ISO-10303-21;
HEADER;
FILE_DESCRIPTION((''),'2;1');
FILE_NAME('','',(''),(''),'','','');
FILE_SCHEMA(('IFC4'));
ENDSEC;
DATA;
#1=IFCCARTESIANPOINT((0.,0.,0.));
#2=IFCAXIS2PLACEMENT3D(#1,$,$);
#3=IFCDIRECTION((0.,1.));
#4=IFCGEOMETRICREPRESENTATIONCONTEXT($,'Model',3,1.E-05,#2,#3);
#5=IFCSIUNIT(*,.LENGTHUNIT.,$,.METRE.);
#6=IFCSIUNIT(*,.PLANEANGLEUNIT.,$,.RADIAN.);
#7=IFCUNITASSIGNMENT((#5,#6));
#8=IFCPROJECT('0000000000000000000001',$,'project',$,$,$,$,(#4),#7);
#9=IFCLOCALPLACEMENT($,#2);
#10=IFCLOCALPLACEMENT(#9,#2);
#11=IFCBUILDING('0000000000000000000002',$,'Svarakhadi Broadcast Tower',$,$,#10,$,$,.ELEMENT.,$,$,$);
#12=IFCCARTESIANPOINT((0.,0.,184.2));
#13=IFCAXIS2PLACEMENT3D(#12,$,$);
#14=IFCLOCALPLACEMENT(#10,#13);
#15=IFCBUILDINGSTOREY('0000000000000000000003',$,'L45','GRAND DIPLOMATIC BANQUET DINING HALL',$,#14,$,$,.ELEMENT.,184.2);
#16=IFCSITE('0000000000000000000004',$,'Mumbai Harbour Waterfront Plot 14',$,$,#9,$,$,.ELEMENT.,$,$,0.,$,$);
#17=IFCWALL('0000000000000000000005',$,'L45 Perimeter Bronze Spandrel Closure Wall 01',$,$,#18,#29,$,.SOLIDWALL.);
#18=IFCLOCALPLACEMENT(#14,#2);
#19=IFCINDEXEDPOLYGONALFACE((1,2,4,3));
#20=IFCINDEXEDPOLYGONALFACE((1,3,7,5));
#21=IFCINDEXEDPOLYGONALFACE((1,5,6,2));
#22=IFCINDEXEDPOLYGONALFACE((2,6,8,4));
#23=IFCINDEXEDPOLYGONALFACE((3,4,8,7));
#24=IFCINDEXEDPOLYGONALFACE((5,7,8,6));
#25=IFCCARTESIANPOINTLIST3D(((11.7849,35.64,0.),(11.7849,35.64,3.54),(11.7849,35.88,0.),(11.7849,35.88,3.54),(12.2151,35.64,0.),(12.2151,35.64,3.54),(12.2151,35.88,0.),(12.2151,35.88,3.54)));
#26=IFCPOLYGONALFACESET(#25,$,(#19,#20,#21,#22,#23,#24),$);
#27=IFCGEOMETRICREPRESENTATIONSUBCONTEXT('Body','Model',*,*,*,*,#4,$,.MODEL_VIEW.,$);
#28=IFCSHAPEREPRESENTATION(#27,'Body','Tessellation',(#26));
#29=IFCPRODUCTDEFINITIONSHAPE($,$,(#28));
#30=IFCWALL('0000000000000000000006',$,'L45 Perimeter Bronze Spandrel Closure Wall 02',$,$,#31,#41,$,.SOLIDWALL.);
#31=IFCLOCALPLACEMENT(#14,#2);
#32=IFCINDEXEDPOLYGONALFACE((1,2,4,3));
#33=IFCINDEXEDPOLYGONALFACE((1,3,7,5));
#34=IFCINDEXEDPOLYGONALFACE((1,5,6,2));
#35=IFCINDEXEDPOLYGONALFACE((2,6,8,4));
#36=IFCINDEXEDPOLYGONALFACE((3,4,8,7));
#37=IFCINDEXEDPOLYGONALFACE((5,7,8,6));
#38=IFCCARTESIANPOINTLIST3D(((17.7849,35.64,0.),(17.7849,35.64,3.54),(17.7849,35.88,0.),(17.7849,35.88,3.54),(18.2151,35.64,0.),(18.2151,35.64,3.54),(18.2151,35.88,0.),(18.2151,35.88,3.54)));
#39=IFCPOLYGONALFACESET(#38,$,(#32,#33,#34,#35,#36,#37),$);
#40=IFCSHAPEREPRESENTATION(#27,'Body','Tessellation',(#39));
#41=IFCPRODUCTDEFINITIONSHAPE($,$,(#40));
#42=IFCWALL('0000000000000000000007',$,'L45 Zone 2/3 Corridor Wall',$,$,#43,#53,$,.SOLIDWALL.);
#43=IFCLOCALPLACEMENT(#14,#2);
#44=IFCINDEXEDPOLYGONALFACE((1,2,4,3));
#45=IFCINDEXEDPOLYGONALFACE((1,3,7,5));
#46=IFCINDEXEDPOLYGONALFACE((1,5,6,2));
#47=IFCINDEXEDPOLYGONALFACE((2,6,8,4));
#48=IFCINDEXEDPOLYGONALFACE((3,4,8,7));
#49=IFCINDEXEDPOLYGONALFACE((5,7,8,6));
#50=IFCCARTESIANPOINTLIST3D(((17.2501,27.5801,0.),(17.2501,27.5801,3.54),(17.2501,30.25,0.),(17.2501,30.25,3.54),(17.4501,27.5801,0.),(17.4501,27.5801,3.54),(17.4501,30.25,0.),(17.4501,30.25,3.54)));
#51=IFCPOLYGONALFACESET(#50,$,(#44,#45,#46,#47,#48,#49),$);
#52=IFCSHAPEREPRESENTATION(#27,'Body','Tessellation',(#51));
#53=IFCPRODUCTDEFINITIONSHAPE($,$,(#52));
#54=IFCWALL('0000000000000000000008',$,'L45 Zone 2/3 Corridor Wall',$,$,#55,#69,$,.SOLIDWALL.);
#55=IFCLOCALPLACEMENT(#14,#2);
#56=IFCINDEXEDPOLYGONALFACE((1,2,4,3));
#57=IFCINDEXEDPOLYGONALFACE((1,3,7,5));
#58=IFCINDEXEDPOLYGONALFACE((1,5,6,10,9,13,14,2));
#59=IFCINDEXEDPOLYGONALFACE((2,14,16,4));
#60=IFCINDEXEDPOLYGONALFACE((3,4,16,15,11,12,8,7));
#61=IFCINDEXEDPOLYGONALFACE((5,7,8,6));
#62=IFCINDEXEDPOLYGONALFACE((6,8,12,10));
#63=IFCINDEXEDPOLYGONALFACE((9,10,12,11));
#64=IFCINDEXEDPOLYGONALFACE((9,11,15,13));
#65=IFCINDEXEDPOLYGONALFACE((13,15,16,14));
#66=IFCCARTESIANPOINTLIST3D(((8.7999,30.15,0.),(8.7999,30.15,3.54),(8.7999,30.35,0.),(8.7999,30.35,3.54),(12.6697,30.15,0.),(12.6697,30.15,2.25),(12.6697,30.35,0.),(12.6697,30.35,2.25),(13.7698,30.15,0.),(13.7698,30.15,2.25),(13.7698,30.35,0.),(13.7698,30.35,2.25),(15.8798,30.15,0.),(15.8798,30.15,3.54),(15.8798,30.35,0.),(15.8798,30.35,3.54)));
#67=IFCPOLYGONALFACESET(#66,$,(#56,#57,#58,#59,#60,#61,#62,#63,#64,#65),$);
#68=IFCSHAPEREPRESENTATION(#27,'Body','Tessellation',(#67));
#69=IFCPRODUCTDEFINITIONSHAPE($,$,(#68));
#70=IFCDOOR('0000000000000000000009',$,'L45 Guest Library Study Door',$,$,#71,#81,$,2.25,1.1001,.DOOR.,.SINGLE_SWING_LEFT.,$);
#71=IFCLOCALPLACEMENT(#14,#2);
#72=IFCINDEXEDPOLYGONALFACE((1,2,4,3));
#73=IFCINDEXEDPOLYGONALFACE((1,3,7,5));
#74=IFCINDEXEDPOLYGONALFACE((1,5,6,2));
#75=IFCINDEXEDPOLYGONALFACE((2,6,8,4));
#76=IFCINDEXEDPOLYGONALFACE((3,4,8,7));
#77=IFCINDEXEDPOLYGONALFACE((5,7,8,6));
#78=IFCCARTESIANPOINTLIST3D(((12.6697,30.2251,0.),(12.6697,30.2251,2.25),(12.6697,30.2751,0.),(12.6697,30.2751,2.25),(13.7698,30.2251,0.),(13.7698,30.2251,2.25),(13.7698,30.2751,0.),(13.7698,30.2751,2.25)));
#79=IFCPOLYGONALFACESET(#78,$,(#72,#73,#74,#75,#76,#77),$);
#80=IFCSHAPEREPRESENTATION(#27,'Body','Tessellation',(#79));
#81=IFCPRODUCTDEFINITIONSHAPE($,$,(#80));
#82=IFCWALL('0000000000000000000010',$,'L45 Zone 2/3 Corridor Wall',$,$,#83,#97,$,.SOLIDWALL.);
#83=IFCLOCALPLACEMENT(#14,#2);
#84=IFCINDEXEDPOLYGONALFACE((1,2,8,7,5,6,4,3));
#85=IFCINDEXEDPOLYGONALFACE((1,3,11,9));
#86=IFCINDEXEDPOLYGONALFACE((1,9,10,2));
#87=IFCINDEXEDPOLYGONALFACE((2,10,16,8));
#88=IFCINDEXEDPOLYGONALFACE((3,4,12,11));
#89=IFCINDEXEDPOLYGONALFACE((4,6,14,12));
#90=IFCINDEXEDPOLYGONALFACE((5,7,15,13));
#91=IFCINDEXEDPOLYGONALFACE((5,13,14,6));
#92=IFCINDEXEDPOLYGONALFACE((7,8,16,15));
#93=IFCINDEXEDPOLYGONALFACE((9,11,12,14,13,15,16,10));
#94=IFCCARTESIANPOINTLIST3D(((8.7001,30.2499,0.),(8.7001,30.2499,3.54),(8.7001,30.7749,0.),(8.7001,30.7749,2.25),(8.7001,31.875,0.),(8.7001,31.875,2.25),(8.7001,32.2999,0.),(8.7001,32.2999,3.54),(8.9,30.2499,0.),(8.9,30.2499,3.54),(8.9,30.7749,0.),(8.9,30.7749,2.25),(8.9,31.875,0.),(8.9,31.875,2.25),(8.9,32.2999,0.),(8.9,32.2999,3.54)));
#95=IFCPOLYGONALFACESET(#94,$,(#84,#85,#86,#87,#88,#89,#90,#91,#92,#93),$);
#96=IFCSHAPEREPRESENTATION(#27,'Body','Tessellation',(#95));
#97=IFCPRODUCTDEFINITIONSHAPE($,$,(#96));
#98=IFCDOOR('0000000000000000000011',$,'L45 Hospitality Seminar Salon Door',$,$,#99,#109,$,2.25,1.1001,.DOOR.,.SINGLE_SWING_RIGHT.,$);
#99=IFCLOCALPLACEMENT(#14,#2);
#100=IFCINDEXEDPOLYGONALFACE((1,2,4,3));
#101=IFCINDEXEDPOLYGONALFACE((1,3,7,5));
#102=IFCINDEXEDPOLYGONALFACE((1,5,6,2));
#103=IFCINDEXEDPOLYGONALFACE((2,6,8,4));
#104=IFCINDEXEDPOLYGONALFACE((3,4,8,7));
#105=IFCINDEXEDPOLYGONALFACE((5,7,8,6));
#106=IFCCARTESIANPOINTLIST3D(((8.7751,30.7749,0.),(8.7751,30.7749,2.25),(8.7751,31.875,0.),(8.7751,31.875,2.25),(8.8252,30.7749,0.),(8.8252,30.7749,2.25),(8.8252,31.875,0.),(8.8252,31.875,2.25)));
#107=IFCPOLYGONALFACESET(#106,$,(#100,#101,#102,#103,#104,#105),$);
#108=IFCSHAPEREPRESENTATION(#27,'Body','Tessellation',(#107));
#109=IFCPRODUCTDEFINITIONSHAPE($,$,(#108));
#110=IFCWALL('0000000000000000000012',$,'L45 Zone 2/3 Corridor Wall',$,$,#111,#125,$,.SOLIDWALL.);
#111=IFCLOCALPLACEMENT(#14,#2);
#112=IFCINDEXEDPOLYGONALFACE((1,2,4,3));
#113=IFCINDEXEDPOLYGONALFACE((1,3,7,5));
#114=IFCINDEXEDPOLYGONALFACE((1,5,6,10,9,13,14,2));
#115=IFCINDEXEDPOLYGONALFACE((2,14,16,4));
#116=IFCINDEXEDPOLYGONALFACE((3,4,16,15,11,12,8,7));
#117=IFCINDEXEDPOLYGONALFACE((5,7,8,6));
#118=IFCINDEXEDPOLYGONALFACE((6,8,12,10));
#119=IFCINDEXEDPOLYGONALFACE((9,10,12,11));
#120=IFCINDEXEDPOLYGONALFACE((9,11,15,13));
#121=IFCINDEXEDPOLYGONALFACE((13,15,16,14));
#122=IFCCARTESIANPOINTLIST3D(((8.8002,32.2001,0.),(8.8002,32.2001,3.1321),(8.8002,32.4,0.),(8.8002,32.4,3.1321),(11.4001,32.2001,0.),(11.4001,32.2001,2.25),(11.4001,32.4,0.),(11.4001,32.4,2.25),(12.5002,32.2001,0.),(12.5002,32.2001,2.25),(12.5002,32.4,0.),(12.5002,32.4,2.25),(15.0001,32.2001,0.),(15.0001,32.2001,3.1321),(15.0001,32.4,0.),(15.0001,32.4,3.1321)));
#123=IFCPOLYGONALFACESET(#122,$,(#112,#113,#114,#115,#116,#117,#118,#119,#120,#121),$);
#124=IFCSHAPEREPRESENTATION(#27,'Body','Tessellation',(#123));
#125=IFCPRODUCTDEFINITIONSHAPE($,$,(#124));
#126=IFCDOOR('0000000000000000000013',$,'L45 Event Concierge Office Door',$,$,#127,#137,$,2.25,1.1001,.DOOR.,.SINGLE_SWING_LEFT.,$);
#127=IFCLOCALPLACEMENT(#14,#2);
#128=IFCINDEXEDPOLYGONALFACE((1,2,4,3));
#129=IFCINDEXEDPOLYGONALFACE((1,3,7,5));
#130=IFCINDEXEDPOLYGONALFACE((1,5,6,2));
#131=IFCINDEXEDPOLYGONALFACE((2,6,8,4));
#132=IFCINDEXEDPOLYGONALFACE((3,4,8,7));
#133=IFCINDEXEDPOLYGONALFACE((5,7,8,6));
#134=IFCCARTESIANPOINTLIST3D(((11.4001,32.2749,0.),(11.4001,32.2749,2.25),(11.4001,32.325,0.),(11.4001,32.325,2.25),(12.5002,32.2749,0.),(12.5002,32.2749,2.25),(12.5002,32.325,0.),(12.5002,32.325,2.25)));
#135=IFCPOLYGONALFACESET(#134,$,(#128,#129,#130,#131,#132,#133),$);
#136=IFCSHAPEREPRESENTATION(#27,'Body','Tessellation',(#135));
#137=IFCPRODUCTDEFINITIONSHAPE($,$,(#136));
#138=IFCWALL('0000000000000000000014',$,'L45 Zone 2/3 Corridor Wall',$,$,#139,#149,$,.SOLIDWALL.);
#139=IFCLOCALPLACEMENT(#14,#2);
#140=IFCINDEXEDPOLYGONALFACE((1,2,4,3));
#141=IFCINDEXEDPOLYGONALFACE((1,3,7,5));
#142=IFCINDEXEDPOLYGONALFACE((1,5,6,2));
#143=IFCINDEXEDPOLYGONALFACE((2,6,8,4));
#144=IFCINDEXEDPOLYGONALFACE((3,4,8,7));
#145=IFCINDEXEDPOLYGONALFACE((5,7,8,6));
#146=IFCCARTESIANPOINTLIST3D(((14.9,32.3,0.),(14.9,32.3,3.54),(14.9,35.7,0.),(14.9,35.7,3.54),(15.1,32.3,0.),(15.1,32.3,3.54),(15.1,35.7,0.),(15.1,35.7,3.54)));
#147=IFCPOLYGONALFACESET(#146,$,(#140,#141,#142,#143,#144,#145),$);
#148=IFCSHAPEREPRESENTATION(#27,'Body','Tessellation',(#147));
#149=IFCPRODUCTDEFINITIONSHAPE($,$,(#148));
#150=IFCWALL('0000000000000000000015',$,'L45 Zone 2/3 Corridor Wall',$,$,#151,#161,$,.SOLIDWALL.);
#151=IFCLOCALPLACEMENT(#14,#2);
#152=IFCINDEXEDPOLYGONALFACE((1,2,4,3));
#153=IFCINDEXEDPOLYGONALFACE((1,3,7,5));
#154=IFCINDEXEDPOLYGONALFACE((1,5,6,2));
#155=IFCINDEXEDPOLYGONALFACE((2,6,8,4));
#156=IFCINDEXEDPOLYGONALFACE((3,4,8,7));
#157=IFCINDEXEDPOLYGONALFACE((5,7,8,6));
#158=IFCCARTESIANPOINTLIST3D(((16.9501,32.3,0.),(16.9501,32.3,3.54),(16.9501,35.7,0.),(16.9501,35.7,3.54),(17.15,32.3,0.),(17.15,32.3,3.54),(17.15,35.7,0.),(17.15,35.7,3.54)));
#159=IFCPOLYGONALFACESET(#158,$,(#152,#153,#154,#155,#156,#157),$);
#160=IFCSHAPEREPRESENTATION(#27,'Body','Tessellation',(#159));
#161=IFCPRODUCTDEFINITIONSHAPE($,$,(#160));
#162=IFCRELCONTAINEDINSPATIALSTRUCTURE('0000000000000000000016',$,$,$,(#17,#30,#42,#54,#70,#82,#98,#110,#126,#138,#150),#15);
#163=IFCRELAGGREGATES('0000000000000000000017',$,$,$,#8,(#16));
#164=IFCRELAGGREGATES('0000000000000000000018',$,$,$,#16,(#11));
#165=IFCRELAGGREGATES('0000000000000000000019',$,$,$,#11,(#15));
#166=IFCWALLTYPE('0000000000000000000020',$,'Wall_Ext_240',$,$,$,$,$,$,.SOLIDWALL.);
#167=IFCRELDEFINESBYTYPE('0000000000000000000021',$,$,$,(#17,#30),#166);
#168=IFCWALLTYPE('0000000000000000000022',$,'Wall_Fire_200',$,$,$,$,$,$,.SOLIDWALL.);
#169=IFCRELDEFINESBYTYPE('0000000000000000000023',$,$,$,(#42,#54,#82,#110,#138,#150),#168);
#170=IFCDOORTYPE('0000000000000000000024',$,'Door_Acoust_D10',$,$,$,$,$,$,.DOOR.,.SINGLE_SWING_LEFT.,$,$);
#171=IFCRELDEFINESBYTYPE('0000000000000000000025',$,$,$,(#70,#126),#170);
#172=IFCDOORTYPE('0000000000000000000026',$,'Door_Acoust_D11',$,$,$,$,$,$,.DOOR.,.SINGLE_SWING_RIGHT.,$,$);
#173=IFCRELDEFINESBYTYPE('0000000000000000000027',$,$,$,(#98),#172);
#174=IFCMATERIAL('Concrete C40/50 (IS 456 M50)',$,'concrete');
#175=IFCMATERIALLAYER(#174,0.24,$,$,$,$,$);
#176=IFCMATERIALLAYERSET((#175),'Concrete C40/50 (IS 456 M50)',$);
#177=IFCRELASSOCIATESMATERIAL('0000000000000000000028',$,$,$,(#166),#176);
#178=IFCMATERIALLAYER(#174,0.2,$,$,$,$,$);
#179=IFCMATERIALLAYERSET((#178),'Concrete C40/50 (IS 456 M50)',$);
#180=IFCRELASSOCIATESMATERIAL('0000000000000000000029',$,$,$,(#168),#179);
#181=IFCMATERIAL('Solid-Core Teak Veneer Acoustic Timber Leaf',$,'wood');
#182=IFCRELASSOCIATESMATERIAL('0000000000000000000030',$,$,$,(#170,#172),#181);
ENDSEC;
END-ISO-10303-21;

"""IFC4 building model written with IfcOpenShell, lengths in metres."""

from ifc_helpers import new_model, si_unit, direction, frame, frame_2d, origin, place, context, subcontext, project, spatial, rectangle, extrude, material, layer, layer_set, type_object, element, fill, save


model = new_model("IFC4")

# Units and contexts
model_context = context("Model", 3, precision=1e-05, world=origin(), true_north=direction((0.0, 1.0)))
body_context = subcontext(model_context, "Body", "Model", "MODEL_VIEW")
ifc_project = project(units=[si_unit("LENGTHUNIT", "METRE"), si_unit("PLANEANGLEUNIT", "RADIAN")], contexts=[model_context])

# Site, building, storey
site_placement = place(None, origin())
site = spatial("IfcSite", under=ifc_project, at=site_placement, Name="Mumbai Harbour Waterfront Plot 14", CompositionType="ELEMENT", RefElevation=0.0)
building_placement = place(site_placement, origin())
building = spatial("IfcBuilding", under=site, at=building_placement, Name="Svarakhadi Broadcast Tower", CompositionType="ELEMENT")
storey_placement = place(building_placement, frame((0.0, 0.0, 184.2)))
storey = spatial("IfcBuildingStorey", under=building, at=storey_placement, Name="L45", Description="GRAND DIPLOMATIC BANQUET DINING HALL", CompositionType="ELEMENT", Elevation=184.2)

# Walls
ifc_material_1 = material(Name="Concrete C40/50 (IS 456 M50)", Category="concrete")
ifc_layer_1 = layer(ifc_material_1, 0.24)
ifc_layer_set_1 = layer_set([ifc_layer_1], Name="Concrete C40/50 (IS 456 M50)")
wall_type_1 = type_object("IfcWallType", Name="Wall_Ext_240", PredefinedType="SOLIDWALL", material=ifc_layer_set_1)
for number, where, z_axis, x_axis, name in (
    (1, (11.7849, 35.76, 0.0), (0.0, 0.0, 1.0), (1.0, 0.0, 0.0), "L45 Perimeter Bronze Spandrel Closure Wall 01"),
    (2, (17.7849, 35.76, 0.0), (0.0, 0.0, 1.0), (1.0, 0.0, 0.0), "L45 Perimeter Bronze Spandrel Closure Wall 02"),
):
    element("IfcWall", number, at=place(storey_placement, frame(where, z_axis=z_axis, x_axis=x_axis)), inside=storey, type_object=wall_type_1, Name=name, PredefinedType="SOLIDWALL", context=body_context, shape_type="SweptSolid", body=[
        extrude(rectangle(XDim=0.4302, YDim=0.24, at=frame_2d((0.2151, 0.0))), origin(), (0.0, 0.0, 1.0), 3.54),
    ])
ifc_layer_2 = layer(ifc_material_1, 0.2)
ifc_layer_set_2 = layer_set([ifc_layer_2], Name="Concrete C40/50 (IS 456 M50)")
wall_type_2 = type_object("IfcWallType", Name="Wall_Fire_200", PredefinedType="SOLIDWALL", material=ifc_layer_set_2)
wall_1_placement = place(storey_placement, frame((17.3501, 30.25, 0.0), z_axis=(0.0, 0.0, 1.0), x_axis=(0.0, -1.0, 0.0)))
element("IfcWall", 3, at=wall_1_placement, inside=storey, type_object=wall_type_2, Name="L45 Zone 2/3 Corridor Wall", PredefinedType="SOLIDWALL", context=body_context, shape_type="SweptSolid", body=[
    extrude(rectangle(XDim=2.6699, YDim=0.2, at=frame_2d((1.335, 0.0))), origin(), (0.0, 0.0, 1.0), 3.54),
])

# Walls, openings, doors
wall_2_placement = place(storey_placement, frame((15.8799, 30.25, 0.0), z_axis=(0.0, 0.0, 1.0), x_axis=(-1.0, 0.0, 0.0)))
wall_2 = element("IfcWall", 4, at=wall_2_placement, inside=storey, type_object=wall_type_2, Name="L45 Zone 2/3 Corridor Wall", PredefinedType="SOLIDWALL", context=body_context, shape_type="SweptSolid", body=[
    extrude(rectangle(XDim=7.0798, YDim=0.2, at=frame_2d((3.54, 0.0))), origin(), (0.0, 0.0, 1.0), 3.54),
])
opening_1_placement = place(wall_2_placement, frame((2.1101, 0.0, 0.0)))
opening_1 = element("IfcOpeningElement", 5, at=opening_1_placement, cuts=wall_2, PredefinedType="OPENING", context=body_context, shape_type="SweptSolid", body=[
    extrude(rectangle(XDim=1.1001, YDim=2.25, at=frame_2d((0.55, 1.125))), frame((0.0, 0.1099, 0.0), z_axis=(0.0, -1.0, 0.0), x_axis=(1.0, 0.0, 0.0)), (0.0, 0.0, 1.0), 0.22),
])
ifc_material_2 = material(Name="Solid-Core Teak Veneer Acoustic Timber Leaf", Category="wood")
door_type_1 = type_object("IfcDoorType", Name="Door_Acoust_D10", OperationType="SINGLE_SWING_LEFT", PredefinedType="DOOR", material=ifc_material_2)
door_1_placement = place(opening_1_placement, origin())
door_1 = element("IfcDoor", 6, at=door_1_placement, inside=storey, type_object=door_type_1, Name="L45 Guest Library Study Door", OperationType="SINGLE_SWING_LEFT", OverallHeight=2.25, OverallWidth=1.1001, PredefinedType="DOOR", context=body_context, shape_type="SweptSolid", body=[
    extrude(rectangle(XDim=1.1001, YDim=2.25, at=frame_2d((0.55, 1.125))), frame((0.0, 0.0249, 0.0), z_axis=(0.0, -1.0, 0.0), x_axis=(1.0, 0.0, 0.0)), (0.0, 0.0, 1.0), 0.05),
])
fill(opening_1, door_1)
wall_3_placement = place(storey_placement, frame((8.8, 30.25, 0.0), z_axis=(0.0, 0.0, 1.0), x_axis=(0.0, 1.0, 0.0)))
wall_3 = element("IfcWall", 7, at=wall_3_placement, inside=storey, type_object=wall_type_2, Name="L45 Zone 2/3 Corridor Wall", PredefinedType="SOLIDWALL", context=body_context, shape_type="SweptSolid", body=[
    extrude(rectangle(XDim=2.05, YDim=0.2, at=frame_2d((1.0249, 0.0))), origin(), (0.0, 0.0, 1.0), 3.54),
])
opening_2_placement = place(wall_3_placement, frame((0.5249, 0.0, 0.0)))
opening_2 = element("IfcOpeningElement", 8, at=opening_2_placement, cuts=wall_3, PredefinedType="OPENING", context=body_context, shape_type="SweptSolid", body=[
    extrude(rectangle(XDim=1.1001, YDim=2.25, at=frame_2d((0.55, 1.125))), frame((0.0, 0.1099, 0.0), z_axis=(0.0, -1.0, 0.0), x_axis=(1.0, 0.0, 0.0)), (0.0, 0.0, 1.0), 0.22),
])
door_type_2 = type_object("IfcDoorType", Name="Door_Acoust_D11", OperationType="SINGLE_SWING_RIGHT", PredefinedType="DOOR", material=ifc_material_2)
door_2_placement = place(opening_2_placement, origin())
door_2 = element("IfcDoor", 9, at=door_2_placement, inside=storey, type_object=door_type_2, Name="L45 Hospitality Seminar Salon Door", OperationType="SINGLE_SWING_RIGHT", OverallHeight=2.25, OverallWidth=1.1001, PredefinedType="DOOR", context=body_context, shape_type="SweptSolid", body=[
    extrude(rectangle(XDim=1.1001, YDim=2.25, at=frame_2d((0.55, 1.125))), frame((0.0, 0.0249, 0.0), z_axis=(0.0, -1.0, 0.0), x_axis=(1.0, 0.0, 0.0)), (0.0, 0.0, 1.0), 0.05),
])
fill(opening_2, door_2)
wall_4_placement = place(storey_placement, frame((8.8, 32.3, 0.0), z_axis=(0.0, 0.0, 1.0), x_axis=(1.0, 0.0, 0.0)))
wall_4 = element("IfcWall", 10, at=wall_4_placement, inside=storey, type_object=wall_type_2, Name="L45 Zone 2/3 Corridor Wall", PredefinedType="SOLIDWALL", context=body_context, shape_type="SweptSolid", body=[
    extrude(rectangle(XDim=6.2, YDim=0.2, at=frame_2d((3.1001, 0.0))), origin(), (0.0, 0.0, 1.0), 3.1321),
])
opening_3_placement = place(wall_4_placement, frame((2.6001, 0.0, 0.0)))
opening_3 = element("IfcOpeningElement", 11, at=opening_3_placement, cuts=wall_4, PredefinedType="OPENING", context=body_context, shape_type="SweptSolid", body=[
    extrude(rectangle(XDim=1.1001, YDim=2.25, at=frame_2d((0.55, 1.125))), frame((0.0, 0.1099, 0.0), z_axis=(0.0, -1.0, 0.0), x_axis=(1.0, 0.0, 0.0)), (0.0, 0.0, 1.0), 0.22),
])
door_3_placement = place(opening_3_placement, origin())
door_3 = element("IfcDoor", 12, at=door_3_placement, inside=storey, type_object=door_type_1, Name="L45 Event Concierge Office Door", OperationType="SINGLE_SWING_LEFT", OverallHeight=2.25, OverallWidth=1.1001, PredefinedType="DOOR", context=body_context, shape_type="SweptSolid", body=[
    extrude(rectangle(XDim=1.1001, YDim=2.25, at=frame_2d((0.55, 1.125))), frame((0.0, 0.0249, 0.0), z_axis=(0.0, -1.0, 0.0), x_axis=(1.0, 0.0, 0.0)), (0.0, 0.0, 1.0), 0.05),
])
fill(opening_3, door_3)

# Walls
for number, where, z_axis, x_axis, name in (
    (13, (15.0, 32.3, 0.0), (0.0, 0.0, 1.0), (0.0, 1.0, 0.0), "L45 Zone 2/3 Corridor Wall"),
    (14, (17.05, 35.7, 0.0), (0.0, 0.0, 1.0), (0.0, -1.0, 0.0), "L45 Zone 2/3 Corridor Wall"),
):
    element("IfcWall", number, at=place(storey_placement, frame(where, z_axis=z_axis, x_axis=x_axis)), inside=storey, type_object=wall_type_2, Name=name, PredefinedType="SOLIDWALL", context=body_context, shape_type="SweptSolid", body=[
        extrude(rectangle(XDim=3.3999, YDim=0.2, at=frame_2d((1.7, 0.0))), origin(), (0.0, 0.0, 1.0), 3.54),
    ])

save(model, "model.ifc")
